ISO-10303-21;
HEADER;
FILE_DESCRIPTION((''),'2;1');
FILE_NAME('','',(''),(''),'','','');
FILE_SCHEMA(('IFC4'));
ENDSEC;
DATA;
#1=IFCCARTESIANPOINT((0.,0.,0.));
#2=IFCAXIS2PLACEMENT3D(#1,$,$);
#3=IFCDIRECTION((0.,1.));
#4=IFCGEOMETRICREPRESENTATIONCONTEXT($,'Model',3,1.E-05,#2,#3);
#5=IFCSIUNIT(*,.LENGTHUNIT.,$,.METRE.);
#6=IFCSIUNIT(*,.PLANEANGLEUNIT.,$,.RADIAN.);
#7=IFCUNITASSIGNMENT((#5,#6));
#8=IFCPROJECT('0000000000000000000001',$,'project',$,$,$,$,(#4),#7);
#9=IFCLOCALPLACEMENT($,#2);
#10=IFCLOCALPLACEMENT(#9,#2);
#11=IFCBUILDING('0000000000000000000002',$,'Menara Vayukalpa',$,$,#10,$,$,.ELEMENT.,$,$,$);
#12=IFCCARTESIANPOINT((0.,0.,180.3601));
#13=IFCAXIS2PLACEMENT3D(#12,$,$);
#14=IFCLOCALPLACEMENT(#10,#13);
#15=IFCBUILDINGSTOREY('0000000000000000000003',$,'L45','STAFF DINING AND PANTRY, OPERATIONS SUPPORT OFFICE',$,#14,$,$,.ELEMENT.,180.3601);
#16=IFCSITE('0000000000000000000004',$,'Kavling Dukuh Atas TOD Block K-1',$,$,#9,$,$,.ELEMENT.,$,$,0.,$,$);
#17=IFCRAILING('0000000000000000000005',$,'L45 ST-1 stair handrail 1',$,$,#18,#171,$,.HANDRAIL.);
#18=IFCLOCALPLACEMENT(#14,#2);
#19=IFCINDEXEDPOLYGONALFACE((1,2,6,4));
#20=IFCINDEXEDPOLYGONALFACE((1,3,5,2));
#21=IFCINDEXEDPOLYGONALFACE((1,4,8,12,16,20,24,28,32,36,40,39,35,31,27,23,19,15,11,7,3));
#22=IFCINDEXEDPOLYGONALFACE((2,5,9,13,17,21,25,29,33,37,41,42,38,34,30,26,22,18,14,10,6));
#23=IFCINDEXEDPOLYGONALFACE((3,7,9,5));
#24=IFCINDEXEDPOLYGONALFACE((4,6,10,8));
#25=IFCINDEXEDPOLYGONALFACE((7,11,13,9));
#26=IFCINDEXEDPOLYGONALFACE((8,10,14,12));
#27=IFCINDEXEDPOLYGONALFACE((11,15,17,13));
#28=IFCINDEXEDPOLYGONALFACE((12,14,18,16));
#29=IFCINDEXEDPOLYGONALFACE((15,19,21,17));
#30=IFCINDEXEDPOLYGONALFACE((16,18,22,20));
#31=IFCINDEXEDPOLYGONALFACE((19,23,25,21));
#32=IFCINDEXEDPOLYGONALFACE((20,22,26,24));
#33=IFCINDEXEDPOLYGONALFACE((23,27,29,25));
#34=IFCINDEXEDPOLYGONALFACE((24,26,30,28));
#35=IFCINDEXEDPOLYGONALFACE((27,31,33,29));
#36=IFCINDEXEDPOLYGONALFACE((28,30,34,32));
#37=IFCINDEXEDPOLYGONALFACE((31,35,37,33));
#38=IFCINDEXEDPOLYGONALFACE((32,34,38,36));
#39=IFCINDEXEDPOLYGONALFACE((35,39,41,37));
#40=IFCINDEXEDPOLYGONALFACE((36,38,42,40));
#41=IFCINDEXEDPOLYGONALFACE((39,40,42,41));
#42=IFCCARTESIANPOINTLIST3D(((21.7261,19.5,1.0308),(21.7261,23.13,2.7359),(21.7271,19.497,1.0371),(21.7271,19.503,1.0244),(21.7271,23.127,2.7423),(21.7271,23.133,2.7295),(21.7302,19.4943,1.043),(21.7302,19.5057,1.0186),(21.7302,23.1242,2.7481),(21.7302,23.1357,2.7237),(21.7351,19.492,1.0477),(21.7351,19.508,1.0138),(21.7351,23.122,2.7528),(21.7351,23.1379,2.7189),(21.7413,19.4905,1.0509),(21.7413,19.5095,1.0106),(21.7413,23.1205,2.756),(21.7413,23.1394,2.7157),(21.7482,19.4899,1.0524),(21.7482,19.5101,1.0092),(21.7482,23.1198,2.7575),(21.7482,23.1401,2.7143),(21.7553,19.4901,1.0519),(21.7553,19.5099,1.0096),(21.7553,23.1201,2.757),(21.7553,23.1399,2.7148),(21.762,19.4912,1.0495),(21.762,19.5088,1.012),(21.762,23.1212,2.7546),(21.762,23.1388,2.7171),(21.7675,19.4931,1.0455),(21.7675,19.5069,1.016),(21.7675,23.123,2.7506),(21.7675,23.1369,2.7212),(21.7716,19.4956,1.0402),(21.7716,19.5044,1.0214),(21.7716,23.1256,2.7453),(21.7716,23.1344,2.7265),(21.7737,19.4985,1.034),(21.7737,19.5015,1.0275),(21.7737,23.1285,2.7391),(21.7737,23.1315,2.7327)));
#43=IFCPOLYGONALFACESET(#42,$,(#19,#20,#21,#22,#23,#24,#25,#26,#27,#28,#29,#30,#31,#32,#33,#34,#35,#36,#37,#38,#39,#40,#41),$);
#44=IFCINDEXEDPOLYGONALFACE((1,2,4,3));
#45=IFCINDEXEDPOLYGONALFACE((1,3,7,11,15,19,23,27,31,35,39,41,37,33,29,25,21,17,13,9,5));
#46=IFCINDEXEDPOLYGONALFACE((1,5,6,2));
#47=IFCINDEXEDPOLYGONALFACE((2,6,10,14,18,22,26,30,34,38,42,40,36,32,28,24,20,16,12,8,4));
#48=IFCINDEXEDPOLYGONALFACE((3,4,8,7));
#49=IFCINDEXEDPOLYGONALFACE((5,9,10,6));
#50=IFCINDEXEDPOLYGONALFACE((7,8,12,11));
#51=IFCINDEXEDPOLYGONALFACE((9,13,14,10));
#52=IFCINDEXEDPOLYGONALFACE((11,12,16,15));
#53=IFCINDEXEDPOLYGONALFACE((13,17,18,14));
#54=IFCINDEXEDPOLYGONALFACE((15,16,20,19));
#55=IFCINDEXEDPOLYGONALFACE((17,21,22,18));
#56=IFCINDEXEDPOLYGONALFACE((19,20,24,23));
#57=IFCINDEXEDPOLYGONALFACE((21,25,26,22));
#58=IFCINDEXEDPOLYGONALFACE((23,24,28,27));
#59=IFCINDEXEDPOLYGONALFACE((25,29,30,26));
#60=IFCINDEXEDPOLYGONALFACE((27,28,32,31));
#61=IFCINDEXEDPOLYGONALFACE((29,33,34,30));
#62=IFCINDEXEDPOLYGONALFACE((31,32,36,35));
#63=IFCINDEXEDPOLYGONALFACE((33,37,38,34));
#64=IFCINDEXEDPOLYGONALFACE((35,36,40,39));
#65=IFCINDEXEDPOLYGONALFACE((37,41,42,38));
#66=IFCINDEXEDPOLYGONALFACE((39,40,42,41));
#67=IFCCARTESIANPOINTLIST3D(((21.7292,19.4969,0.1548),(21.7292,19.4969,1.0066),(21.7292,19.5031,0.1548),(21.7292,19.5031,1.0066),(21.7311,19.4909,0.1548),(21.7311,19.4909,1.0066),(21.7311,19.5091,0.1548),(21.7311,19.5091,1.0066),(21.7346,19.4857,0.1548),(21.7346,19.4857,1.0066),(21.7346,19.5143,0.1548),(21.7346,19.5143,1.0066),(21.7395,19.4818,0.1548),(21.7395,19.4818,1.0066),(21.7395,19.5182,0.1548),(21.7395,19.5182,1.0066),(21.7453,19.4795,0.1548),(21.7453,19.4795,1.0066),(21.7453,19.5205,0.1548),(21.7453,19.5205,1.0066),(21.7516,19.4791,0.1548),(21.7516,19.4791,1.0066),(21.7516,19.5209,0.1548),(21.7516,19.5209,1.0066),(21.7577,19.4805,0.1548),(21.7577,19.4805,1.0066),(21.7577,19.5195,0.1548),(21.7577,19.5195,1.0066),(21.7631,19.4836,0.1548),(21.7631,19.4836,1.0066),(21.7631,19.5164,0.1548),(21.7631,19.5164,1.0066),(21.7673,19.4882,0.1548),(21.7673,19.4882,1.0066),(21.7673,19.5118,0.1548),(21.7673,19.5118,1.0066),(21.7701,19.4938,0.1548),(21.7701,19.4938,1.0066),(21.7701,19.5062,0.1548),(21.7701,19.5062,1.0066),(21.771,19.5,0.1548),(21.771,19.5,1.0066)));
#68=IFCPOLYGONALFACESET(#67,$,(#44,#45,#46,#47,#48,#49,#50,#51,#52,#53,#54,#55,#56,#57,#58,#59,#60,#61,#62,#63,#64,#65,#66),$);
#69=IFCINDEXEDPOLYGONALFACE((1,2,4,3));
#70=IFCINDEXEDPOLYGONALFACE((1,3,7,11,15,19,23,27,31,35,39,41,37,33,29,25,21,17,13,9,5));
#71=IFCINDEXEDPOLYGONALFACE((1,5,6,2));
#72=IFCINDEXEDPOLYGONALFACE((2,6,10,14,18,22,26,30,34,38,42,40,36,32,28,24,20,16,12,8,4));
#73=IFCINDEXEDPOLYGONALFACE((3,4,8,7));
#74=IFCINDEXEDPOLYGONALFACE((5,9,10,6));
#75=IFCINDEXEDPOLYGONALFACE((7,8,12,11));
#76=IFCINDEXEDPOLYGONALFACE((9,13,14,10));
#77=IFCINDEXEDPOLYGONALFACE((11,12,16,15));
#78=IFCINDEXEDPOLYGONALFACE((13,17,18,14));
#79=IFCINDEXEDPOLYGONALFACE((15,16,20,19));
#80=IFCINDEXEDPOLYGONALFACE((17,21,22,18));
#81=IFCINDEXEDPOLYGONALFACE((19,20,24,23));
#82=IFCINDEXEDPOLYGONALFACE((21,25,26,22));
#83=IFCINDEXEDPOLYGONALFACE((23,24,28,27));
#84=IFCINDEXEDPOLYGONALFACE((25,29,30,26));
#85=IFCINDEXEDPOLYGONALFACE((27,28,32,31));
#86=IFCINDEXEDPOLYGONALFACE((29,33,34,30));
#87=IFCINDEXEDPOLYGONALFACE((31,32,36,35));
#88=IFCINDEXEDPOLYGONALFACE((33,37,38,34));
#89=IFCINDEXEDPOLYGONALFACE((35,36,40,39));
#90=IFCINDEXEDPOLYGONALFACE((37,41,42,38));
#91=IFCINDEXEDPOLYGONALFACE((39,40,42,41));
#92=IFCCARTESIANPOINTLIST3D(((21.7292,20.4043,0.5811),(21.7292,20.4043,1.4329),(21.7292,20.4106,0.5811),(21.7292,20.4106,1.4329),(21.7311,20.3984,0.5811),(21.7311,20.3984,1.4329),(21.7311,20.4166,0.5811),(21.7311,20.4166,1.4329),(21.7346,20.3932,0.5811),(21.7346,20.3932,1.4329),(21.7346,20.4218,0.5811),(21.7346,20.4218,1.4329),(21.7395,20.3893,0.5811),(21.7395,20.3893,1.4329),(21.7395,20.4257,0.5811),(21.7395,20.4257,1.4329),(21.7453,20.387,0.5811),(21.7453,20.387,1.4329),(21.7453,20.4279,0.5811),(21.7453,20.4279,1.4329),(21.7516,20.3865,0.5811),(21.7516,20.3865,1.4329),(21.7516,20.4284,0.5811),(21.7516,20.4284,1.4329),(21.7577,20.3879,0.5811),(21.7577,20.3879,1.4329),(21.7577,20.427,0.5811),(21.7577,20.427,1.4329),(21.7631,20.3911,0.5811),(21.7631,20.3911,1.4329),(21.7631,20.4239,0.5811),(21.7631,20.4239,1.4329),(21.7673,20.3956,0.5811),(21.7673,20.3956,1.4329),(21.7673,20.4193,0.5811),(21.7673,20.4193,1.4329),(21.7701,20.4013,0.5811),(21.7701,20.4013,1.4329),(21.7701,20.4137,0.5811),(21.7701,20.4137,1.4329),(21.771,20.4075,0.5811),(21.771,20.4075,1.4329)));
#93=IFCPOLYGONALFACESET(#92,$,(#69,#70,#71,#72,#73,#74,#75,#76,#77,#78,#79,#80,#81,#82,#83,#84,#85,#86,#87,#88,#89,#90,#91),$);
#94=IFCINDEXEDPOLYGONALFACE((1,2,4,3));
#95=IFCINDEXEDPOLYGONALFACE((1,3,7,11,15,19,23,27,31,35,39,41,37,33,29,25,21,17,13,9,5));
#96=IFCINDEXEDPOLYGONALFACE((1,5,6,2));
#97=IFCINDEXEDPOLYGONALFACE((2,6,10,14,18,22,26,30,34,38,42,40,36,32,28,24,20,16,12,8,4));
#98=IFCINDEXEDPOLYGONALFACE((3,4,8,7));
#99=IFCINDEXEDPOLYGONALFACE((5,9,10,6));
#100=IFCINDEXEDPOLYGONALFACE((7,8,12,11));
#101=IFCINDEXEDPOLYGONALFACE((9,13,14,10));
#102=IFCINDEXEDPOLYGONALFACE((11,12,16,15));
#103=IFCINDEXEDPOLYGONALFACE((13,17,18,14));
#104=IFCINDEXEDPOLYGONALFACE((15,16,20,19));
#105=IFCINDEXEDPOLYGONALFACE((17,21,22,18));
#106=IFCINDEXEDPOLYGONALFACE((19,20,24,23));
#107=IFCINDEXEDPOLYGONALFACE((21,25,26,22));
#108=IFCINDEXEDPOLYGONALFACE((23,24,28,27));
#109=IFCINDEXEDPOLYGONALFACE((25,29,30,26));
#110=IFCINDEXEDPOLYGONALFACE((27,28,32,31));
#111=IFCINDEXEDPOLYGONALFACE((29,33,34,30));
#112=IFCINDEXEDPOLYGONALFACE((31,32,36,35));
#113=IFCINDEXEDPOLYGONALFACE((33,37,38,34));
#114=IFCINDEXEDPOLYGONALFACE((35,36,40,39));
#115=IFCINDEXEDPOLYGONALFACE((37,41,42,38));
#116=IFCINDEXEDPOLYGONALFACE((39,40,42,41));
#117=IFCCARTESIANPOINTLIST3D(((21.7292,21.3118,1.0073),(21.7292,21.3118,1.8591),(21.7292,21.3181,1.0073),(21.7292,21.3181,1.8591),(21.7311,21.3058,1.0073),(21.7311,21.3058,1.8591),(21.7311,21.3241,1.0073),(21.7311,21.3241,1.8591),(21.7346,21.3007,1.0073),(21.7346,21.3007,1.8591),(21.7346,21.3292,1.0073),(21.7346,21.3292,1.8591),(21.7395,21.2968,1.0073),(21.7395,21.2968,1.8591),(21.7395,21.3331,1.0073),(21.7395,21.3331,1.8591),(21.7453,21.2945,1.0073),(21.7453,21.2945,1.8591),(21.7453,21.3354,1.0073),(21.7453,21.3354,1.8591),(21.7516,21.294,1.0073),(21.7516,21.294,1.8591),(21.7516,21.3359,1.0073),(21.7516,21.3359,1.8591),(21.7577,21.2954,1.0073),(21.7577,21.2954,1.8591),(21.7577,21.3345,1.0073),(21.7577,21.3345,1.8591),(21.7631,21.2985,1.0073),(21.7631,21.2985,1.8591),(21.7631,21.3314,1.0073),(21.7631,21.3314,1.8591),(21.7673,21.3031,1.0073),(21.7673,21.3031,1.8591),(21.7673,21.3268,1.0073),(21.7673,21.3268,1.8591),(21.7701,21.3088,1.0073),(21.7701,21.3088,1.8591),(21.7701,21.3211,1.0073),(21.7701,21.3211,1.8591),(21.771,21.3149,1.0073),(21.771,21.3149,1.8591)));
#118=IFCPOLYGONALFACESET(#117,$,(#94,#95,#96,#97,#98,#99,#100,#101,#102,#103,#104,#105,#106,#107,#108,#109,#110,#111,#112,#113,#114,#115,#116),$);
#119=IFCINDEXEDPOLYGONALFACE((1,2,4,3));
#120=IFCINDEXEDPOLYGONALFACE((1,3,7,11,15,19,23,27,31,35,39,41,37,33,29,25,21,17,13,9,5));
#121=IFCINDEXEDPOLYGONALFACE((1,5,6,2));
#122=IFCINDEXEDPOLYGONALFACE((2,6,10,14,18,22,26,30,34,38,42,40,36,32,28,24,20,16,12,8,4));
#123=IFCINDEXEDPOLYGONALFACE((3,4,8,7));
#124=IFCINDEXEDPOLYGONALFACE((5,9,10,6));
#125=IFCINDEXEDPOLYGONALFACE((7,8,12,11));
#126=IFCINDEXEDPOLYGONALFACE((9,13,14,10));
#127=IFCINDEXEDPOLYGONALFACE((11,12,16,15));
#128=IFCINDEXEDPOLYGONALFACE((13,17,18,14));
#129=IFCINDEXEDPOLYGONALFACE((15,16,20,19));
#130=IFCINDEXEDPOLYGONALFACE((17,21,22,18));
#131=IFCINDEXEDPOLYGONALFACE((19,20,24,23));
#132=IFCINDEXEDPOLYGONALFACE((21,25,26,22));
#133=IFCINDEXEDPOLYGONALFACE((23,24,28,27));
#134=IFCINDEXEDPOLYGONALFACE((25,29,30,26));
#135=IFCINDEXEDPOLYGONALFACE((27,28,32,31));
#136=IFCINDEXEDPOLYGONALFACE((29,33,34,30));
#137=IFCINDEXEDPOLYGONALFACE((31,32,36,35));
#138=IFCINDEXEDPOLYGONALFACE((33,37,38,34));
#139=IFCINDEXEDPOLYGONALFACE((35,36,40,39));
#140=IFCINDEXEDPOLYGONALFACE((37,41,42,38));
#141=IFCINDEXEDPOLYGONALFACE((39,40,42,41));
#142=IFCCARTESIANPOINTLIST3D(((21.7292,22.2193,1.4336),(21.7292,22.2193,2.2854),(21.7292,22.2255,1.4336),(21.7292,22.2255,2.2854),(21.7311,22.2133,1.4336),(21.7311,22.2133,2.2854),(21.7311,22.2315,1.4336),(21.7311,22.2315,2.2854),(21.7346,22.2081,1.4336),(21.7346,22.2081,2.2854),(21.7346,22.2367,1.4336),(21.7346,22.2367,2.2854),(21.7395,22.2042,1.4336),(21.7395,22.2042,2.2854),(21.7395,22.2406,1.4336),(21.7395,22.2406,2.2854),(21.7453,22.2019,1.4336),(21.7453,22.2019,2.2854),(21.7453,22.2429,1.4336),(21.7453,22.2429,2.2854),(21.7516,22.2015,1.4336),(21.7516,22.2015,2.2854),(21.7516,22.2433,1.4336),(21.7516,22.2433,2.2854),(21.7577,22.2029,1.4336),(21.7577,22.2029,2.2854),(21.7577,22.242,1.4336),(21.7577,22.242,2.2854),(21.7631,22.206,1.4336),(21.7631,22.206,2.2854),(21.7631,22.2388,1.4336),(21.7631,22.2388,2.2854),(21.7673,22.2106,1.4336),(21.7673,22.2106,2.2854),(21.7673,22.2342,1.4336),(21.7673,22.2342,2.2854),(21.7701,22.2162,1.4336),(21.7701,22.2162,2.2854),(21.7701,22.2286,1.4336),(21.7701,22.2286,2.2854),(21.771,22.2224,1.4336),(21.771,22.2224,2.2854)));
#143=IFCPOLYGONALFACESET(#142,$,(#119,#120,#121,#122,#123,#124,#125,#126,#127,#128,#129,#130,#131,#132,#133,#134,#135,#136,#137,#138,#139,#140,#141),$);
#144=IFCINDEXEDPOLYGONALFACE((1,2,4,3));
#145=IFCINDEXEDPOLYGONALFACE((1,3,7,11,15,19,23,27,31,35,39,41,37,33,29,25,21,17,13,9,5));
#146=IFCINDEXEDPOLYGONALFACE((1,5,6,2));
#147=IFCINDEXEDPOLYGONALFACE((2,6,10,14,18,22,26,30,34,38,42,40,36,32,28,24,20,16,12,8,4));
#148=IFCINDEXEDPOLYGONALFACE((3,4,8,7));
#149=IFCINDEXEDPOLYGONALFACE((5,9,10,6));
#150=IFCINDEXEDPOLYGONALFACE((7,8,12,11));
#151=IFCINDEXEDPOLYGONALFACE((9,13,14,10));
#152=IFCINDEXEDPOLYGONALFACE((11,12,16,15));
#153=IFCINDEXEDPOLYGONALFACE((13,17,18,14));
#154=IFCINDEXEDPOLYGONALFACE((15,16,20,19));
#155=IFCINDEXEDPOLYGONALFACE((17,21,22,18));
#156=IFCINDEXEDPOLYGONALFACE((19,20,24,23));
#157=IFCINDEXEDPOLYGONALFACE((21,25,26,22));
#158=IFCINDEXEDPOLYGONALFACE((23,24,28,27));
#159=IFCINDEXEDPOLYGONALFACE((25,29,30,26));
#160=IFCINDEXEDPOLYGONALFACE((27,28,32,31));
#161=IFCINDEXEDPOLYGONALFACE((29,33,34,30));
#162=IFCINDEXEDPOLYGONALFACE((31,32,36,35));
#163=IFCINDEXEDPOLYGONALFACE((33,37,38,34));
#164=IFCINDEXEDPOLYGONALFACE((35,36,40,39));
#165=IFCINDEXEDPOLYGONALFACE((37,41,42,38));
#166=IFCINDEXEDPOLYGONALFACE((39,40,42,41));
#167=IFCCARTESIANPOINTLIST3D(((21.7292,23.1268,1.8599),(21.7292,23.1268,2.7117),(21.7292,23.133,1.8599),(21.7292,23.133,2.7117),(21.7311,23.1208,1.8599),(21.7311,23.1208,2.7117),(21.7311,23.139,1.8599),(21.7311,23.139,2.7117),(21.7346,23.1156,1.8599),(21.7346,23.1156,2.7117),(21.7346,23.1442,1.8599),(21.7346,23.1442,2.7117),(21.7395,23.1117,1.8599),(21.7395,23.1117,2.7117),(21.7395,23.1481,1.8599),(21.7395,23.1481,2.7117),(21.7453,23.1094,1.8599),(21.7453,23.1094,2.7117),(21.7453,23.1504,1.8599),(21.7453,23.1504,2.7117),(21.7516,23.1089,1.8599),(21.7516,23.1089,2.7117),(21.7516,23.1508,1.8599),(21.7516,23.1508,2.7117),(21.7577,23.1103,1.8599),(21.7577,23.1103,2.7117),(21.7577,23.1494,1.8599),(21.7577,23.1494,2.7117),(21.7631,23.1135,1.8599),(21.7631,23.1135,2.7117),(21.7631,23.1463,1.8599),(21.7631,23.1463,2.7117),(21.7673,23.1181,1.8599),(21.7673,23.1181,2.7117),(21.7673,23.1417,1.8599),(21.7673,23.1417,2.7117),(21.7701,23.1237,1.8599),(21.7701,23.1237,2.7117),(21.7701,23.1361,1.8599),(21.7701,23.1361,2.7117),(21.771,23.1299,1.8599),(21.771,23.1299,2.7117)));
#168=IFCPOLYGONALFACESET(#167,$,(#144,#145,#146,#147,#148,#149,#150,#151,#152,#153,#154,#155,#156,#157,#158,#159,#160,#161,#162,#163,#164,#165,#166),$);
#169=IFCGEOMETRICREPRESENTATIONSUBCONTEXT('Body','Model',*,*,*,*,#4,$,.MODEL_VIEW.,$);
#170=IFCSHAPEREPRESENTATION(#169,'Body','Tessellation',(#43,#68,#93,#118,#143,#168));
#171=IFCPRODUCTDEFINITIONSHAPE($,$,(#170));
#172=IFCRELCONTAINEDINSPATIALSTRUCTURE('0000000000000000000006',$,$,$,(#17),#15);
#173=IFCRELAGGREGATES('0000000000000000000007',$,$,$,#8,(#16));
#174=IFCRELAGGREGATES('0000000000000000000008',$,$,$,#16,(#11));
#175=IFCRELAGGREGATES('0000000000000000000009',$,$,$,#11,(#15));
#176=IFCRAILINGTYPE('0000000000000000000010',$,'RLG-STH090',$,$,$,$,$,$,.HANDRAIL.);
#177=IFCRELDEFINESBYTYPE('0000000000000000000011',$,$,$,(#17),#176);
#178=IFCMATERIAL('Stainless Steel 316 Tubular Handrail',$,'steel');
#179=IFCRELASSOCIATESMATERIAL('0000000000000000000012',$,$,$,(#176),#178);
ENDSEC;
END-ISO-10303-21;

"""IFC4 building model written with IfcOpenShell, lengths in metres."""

from ifc_helpers import new_model, si_unit, direction, frame, origin, origin_2d, place, context, subcontext, project, spatial, circle, extrude, material, type_object, element, save


model = new_model("IFC4")

# Units and contexts
model_context = context("Model", 3, precision=1e-05, world=origin(), true_north=direction((0.0, 1.0)))
body_context = subcontext(model_context, "Body", "Model", "MODEL_VIEW")
ifc_project = project(units=[si_unit("LENGTHUNIT", "METRE"), si_unit("PLANEANGLEUNIT", "RADIAN")], contexts=[model_context])

# Site, building, storey
site_placement = place(None, origin())
site = spatial("IfcSite", under=ifc_project, at=site_placement, Name="Kavling Dukuh Atas TOD Block K-1", CompositionType="ELEMENT", RefElevation=0.0)
building_placement = place(site_placement, origin())
building = spatial("IfcBuilding", under=site, at=building_placement, Name="Menara Vayukalpa", CompositionType="ELEMENT")
storey_placement = place(building_placement, frame((0.0, 0.0, 180.3601)))
storey = spatial("IfcBuildingStorey", under=building, at=storey_placement, Name="L45", Description="STAFF DINING AND PANTRY, OPERATIONS SUPPORT OFFICE", CompositionType="ELEMENT", Elevation=180.3601)

# Railing
ifc_material_1 = material(Name="Stainless Steel 316 Tubular Handrail", Category="steel")
railing_type_1 = type_object("IfcRailingType", Name="RLG-STH090", PredefinedType="HANDRAIL", material=ifc_material_1)
railing_1_placement = place(storey_placement, frame((21.75, 19.5, 0.1548)))
element("IfcRailing", 1, at=railing_1_placement, inside=storey, type_object=railing_type_1, Name="L45 ST-1 stair handrail 1", PredefinedType="HANDRAIL", context=body_context, shape_type="SweptSolid", body=[
    extrude(circle(Radius=0.0239, at=origin_2d()), frame((0.0, 0.0, 0.876), z_axis=(0.0, 0.905116, 0.425164), x_axis=(-1.0, 0.0, 0.0)), (0.0, 0.0, 1.0), 4.0105),
    extrude(circle(Radius=0.021, at=origin_2d()), origin(), (0.0, 0.0, 1.0), 0.8518),
    extrude(circle(Radius=0.021, at=origin_2d()), frame((0.0, 0.9075, 0.4263)), (0.0, 0.0, 1.0), 0.8518),
    extrude(circle(Radius=0.021, at=origin_2d()), frame((0.0, 1.8149, 0.8525)), (0.0, 0.0, 1.0), 0.8518),
    extrude(circle(Radius=0.021, at=origin_2d()), frame((0.0, 2.7224, 1.2788)), (0.0, 0.0, 1.0), 0.8518),
    extrude(circle(Radius=0.021, at=origin_2d()), frame((0.0, 3.6299, 1.7051)), (0.0, 0.0, 1.0), 0.8518),
])

save(model, "model.ifc")
